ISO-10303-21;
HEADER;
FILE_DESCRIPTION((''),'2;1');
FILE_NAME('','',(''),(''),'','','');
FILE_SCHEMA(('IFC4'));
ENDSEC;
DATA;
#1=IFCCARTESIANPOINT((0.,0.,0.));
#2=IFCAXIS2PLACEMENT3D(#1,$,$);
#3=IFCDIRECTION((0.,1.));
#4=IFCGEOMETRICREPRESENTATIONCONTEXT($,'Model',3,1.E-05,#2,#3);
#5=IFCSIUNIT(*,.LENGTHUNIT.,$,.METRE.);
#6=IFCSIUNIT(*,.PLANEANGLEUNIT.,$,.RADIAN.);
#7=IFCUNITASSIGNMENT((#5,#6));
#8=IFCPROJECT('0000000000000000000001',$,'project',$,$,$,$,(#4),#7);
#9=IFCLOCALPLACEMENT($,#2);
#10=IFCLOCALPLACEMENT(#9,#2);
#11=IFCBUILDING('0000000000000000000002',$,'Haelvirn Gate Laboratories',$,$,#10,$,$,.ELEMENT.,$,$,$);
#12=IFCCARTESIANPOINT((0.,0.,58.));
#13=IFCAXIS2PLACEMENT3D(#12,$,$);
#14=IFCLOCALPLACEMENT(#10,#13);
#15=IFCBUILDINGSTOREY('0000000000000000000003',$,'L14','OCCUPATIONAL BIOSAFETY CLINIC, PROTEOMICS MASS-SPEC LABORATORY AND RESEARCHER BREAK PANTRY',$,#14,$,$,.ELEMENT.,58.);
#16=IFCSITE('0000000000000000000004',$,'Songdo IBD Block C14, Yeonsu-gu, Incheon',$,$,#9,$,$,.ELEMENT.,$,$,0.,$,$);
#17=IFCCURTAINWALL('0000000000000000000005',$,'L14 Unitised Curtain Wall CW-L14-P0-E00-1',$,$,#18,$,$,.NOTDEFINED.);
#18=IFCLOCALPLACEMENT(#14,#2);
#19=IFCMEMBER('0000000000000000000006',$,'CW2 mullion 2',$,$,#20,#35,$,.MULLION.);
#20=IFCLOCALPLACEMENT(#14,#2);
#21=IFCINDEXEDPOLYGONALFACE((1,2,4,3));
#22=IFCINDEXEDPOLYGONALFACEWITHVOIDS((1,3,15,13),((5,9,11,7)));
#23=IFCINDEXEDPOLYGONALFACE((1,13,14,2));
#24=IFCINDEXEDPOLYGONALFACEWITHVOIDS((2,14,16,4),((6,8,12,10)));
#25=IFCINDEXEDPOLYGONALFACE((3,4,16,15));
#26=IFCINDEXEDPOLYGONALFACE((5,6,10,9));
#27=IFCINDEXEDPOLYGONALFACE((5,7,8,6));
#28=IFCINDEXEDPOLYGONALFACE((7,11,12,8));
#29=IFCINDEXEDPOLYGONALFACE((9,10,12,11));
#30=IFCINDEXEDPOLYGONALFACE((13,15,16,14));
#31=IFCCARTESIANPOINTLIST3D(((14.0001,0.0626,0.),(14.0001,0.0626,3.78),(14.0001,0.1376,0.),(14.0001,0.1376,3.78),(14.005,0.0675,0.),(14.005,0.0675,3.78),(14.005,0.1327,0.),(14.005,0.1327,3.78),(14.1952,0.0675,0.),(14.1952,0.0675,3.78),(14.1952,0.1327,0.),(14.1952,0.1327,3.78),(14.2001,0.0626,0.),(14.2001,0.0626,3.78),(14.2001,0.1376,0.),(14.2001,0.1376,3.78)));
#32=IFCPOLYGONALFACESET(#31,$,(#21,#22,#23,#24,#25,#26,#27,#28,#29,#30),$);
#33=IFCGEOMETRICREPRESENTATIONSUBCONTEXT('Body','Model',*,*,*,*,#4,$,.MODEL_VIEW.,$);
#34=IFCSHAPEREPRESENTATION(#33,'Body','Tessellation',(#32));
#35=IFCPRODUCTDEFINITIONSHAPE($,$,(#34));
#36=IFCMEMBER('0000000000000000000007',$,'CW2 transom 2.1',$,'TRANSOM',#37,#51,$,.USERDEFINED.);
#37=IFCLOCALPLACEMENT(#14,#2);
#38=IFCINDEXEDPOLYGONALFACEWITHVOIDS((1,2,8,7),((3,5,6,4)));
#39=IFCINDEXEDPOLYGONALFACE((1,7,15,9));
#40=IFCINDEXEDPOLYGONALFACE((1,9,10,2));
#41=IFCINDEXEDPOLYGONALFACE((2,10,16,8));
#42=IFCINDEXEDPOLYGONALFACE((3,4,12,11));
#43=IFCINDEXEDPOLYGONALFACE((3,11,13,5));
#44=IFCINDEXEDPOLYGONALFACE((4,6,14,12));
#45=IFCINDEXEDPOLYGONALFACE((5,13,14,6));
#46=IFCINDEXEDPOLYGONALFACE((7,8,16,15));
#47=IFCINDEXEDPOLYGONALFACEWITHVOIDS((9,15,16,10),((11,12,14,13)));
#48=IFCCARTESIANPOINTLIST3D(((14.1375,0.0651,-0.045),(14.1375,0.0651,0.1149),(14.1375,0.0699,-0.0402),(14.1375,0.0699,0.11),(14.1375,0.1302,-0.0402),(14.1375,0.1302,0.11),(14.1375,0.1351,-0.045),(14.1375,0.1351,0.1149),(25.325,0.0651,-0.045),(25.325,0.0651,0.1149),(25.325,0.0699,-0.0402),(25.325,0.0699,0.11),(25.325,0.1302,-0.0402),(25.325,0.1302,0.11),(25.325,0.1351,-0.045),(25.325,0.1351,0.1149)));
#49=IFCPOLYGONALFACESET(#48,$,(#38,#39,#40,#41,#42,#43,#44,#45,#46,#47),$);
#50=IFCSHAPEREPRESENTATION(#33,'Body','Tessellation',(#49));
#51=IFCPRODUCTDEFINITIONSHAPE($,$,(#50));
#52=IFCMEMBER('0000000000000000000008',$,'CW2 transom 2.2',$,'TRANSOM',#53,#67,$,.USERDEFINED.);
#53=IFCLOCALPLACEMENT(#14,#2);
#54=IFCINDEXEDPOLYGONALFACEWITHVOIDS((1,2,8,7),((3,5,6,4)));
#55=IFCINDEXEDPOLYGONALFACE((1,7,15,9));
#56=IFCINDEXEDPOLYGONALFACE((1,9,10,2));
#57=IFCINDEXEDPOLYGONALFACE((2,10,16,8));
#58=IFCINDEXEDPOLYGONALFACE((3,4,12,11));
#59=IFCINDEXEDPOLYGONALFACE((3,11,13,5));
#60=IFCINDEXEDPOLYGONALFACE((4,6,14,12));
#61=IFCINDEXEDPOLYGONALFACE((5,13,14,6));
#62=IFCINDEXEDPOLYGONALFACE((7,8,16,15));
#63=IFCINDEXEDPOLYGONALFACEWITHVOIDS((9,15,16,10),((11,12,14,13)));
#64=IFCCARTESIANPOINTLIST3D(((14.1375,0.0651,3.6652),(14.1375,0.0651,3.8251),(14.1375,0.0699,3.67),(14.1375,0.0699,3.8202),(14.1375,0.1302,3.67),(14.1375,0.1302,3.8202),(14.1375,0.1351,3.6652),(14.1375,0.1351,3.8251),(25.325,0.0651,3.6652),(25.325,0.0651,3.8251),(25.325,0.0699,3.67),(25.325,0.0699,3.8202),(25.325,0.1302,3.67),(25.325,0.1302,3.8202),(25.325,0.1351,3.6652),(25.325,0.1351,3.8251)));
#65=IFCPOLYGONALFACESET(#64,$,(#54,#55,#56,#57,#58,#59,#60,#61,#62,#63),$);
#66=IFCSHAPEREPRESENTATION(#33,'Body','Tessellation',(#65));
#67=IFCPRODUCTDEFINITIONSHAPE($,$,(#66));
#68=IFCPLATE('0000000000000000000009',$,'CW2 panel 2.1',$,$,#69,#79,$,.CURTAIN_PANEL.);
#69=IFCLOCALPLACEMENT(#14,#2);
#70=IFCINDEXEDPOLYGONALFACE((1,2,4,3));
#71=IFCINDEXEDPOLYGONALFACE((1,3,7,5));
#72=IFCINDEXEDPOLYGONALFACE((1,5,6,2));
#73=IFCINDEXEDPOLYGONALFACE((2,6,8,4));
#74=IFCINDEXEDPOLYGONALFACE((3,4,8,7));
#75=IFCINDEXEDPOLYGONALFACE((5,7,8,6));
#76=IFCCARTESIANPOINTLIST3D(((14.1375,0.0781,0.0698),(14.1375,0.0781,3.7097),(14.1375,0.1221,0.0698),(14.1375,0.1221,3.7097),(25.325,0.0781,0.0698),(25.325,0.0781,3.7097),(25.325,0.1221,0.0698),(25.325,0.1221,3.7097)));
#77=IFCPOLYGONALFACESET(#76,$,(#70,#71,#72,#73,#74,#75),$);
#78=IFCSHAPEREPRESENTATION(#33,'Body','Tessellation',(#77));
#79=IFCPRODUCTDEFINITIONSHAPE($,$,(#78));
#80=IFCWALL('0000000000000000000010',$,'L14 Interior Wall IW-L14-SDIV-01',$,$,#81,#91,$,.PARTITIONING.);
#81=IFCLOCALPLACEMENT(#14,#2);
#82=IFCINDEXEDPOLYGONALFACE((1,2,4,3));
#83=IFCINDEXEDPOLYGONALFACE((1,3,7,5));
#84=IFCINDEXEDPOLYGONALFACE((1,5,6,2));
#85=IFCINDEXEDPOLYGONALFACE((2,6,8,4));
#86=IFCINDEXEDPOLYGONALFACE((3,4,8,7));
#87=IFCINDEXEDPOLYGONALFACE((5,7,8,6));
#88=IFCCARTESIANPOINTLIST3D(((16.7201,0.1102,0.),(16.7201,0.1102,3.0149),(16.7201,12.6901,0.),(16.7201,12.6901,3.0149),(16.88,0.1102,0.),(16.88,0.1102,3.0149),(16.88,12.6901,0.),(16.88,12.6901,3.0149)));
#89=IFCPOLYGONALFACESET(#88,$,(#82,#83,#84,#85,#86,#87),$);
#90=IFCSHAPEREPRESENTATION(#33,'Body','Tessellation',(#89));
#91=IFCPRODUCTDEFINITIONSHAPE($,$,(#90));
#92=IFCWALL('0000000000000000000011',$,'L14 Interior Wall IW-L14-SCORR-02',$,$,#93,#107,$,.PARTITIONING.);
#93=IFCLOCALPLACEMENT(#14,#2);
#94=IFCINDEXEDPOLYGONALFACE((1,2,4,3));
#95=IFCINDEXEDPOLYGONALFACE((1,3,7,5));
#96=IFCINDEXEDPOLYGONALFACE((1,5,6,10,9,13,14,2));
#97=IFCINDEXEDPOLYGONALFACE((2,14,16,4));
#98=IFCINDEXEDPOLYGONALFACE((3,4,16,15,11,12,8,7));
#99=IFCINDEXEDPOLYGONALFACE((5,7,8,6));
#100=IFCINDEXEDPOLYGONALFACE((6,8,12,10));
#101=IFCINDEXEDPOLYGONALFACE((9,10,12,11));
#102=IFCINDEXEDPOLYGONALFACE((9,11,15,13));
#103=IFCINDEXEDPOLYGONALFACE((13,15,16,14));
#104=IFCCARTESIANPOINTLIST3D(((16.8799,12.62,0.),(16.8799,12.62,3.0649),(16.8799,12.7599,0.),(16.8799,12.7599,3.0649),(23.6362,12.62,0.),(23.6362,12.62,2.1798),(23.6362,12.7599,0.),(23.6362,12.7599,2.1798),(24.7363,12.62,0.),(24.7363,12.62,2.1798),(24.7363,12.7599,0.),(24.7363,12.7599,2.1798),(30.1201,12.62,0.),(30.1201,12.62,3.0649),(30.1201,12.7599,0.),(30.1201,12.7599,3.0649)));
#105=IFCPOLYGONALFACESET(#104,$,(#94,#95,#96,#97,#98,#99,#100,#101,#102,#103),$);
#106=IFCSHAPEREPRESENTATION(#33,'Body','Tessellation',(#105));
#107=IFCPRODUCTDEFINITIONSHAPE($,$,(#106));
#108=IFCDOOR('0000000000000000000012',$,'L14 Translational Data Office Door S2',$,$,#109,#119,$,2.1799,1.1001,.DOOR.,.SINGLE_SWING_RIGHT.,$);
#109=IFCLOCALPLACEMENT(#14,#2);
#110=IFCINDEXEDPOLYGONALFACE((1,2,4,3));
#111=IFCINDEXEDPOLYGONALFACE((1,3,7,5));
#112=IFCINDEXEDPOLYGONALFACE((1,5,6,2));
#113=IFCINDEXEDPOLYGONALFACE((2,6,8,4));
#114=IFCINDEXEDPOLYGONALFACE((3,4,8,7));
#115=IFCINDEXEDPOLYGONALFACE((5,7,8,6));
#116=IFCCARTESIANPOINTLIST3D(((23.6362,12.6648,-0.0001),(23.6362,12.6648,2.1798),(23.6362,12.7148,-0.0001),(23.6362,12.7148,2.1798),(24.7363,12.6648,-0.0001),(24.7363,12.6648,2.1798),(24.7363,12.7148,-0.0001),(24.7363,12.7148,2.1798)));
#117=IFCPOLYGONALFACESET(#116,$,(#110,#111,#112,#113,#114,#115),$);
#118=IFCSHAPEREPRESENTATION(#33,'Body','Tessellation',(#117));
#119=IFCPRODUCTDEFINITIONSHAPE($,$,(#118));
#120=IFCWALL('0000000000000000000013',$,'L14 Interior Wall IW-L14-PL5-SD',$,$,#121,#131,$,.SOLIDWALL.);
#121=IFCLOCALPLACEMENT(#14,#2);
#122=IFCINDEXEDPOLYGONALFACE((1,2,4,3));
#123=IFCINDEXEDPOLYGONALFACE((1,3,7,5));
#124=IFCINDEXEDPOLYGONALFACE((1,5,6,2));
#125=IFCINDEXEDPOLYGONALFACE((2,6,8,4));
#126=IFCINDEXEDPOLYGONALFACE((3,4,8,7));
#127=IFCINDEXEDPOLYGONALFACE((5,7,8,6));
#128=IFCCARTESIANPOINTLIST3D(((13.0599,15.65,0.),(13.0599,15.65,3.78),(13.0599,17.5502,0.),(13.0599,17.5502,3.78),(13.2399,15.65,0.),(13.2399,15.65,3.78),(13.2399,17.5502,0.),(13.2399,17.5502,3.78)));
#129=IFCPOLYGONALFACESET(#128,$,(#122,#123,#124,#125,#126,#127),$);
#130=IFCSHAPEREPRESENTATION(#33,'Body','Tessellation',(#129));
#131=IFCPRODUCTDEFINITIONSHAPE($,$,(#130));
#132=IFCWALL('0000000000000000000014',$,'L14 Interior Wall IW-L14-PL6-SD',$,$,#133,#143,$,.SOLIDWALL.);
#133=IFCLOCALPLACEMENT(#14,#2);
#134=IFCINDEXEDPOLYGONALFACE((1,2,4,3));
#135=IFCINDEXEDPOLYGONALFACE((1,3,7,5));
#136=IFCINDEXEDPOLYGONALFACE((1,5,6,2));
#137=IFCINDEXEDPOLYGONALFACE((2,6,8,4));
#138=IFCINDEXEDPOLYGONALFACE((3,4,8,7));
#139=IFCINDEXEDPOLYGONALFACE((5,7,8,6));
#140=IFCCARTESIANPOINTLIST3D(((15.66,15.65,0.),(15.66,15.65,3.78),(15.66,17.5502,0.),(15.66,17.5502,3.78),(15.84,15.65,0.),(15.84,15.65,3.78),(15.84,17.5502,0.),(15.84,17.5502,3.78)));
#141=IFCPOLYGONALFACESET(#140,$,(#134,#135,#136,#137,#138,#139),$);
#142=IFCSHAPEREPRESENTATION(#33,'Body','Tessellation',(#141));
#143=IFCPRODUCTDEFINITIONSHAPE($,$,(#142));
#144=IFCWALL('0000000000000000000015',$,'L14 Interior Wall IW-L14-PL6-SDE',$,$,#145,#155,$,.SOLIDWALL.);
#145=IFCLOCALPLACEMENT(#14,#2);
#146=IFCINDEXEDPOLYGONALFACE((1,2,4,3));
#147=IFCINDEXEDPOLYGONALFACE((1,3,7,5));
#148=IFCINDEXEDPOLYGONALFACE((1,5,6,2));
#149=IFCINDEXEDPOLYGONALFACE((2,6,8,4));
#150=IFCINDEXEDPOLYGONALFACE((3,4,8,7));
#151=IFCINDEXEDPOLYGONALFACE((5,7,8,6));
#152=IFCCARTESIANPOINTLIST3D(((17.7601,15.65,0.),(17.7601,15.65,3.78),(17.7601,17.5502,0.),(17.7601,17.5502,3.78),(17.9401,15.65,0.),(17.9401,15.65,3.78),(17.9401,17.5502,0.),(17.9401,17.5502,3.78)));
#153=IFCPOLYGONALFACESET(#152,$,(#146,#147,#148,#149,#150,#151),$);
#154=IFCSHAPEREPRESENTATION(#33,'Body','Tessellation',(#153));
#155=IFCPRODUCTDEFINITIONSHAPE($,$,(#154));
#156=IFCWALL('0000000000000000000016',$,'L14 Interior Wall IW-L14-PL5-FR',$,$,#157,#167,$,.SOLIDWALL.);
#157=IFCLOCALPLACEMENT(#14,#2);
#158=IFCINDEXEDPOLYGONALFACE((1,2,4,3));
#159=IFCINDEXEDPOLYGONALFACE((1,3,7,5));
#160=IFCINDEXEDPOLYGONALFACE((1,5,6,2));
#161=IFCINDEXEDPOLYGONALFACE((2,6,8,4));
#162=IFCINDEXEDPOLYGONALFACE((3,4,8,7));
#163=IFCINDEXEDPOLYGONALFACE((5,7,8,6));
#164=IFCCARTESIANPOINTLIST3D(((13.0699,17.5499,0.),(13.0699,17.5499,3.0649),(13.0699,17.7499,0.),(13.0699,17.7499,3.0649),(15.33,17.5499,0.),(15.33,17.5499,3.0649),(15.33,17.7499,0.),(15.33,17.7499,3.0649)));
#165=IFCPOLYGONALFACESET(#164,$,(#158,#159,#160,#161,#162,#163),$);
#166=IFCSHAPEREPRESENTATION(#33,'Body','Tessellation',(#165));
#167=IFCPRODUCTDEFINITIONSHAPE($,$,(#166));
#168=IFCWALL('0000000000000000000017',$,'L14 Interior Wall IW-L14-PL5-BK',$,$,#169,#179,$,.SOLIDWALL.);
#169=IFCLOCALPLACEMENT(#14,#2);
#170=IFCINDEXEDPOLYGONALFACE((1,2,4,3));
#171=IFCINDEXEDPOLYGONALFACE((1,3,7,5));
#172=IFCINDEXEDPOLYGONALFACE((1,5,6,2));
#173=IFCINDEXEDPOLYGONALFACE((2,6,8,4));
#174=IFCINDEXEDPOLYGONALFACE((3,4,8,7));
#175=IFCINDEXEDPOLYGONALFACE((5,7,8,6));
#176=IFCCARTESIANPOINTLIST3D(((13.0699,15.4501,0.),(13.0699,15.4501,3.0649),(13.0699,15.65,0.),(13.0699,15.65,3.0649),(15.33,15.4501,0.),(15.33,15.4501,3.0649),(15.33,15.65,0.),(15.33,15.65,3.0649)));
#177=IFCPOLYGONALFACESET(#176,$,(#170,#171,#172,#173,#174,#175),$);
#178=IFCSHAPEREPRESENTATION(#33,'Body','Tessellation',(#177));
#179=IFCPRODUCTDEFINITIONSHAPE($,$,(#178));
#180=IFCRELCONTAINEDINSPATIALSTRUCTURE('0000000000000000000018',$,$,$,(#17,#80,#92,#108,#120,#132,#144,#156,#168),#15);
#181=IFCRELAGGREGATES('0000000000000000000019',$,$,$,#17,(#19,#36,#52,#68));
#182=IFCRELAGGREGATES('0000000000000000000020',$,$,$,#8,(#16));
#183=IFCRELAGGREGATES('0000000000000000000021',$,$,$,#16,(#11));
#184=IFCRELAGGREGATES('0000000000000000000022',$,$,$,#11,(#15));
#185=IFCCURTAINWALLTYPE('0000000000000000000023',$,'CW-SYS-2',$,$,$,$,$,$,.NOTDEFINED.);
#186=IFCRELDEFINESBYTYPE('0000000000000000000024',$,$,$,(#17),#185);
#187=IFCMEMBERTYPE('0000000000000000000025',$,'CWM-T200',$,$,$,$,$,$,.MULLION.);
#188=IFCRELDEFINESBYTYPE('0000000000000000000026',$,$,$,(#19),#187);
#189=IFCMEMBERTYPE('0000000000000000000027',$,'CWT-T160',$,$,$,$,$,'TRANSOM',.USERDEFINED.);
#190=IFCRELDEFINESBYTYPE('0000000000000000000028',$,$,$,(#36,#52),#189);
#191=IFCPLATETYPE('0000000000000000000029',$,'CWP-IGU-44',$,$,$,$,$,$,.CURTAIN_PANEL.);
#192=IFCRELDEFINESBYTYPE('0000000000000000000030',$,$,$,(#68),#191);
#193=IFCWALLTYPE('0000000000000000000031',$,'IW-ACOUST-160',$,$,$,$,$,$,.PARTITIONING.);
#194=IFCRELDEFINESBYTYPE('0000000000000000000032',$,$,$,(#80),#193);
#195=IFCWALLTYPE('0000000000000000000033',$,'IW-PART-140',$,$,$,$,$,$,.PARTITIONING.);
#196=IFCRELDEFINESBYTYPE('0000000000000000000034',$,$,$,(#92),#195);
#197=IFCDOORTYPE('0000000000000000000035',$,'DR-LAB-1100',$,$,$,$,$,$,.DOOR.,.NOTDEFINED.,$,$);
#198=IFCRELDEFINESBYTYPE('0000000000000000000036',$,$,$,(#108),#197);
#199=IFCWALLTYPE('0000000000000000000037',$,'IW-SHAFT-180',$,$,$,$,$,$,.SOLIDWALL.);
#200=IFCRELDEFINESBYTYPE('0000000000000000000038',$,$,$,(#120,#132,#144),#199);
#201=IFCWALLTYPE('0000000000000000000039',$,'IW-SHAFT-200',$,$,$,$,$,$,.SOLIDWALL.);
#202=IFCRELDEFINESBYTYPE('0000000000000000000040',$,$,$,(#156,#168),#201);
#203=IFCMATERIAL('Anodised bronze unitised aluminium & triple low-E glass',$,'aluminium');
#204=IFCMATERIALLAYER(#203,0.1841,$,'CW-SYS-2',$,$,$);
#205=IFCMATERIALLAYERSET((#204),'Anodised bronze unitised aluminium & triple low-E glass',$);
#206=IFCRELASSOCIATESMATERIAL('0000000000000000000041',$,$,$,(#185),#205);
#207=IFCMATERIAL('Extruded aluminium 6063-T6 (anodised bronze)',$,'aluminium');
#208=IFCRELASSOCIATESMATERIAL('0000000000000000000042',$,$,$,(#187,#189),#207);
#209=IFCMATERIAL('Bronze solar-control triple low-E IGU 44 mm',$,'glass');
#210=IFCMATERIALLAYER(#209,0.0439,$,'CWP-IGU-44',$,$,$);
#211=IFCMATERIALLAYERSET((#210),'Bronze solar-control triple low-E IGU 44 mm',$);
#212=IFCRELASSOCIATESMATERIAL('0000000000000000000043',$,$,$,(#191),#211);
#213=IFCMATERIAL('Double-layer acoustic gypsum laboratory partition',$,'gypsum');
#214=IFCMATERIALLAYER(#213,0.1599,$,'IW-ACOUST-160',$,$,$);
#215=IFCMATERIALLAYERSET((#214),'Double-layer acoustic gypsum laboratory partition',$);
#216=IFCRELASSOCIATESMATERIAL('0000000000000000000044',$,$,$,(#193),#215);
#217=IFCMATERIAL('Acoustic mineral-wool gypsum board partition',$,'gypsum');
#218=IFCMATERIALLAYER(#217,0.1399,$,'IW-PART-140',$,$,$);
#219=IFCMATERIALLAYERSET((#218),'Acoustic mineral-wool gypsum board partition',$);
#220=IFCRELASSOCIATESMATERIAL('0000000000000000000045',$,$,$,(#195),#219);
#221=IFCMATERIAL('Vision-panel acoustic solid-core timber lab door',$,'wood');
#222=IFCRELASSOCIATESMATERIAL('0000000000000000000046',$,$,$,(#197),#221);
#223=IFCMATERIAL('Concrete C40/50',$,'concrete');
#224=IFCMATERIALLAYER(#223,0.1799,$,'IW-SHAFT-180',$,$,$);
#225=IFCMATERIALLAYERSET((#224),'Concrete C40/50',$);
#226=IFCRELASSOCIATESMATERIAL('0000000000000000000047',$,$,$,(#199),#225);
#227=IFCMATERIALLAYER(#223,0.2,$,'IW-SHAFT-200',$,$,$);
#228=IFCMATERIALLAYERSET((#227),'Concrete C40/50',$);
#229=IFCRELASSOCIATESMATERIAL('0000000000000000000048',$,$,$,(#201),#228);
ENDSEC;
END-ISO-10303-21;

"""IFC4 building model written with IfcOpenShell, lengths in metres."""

from ifc_helpers import new_model, si_unit, direction, frame, frame_2d, origin, origin_2d, place, context, subcontext, project, spatial, rectangle, hollow_rectangle, extrude, source, transform, mapped, material, layer, layer_set, material_profile, profile_set, type_object, type_shapes, element, fill, aggregate, save


model = new_model("IFC4")

# Units and contexts
model_context = context("Model", 3, precision=1e-05, world=origin(), true_north=direction((0.0, 1.0)))
body_context = subcontext(model_context, "Body", "Model", "MODEL_VIEW")
ifc_project = project(units=[si_unit("LENGTHUNIT", "METRE"), si_unit("PLANEANGLEUNIT", "RADIAN")], contexts=[model_context])

# Site, building, storey
site_placement = place(None, origin())
site = spatial("IfcSite", under=ifc_project, at=site_placement, Name="Songdo IBD Block C14, Yeonsu-gu, Incheon", CompositionType="ELEMENT", RefElevation=0.0)
building_placement = place(site_placement, origin())
building = spatial("IfcBuilding", under=site, at=building_placement, Name="Haelvirn Gate Laboratories", CompositionType="ELEMENT")
storey_placement = place(building_placement, frame((0.0, 0.0, 58.0)))
storey = spatial("IfcBuildingStorey", under=building, at=storey_placement, Name="L14", Description="OCCUPATIONAL BIOSAFETY CLINIC, PROTEOMICS MASS-SPEC LABORATORY AND RESEARCHER BREAK PANTRY", CompositionType="ELEMENT", Elevation=58.0)

# Curtain wall, members, plate
ifc_material_1 = material(Name="Anodised bronze unitised aluminium & triple low-E glass", Category="aluminium")
ifc_layer_1 = layer(ifc_material_1, 0.1841, Name="CW-SYS-2")
ifc_layer_set_1 = layer_set([ifc_layer_1], Name="Anodised bronze unitised aluminium & triple low-E glass")
curtain_wall_type = type_object("IfcCurtainWallType", Name="CW-SYS-2", PredefinedType="NOTDEFINED", material=ifc_layer_set_1)
curtain_wall_placement = place(storey_placement, origin())
curtain_wall = element("IfcCurtainWall", 1, at=curtain_wall_placement, inside=storey, type_object=curtain_wall_type, Name="L14 Unitised Curtain Wall CW-L14-P0-E00-1", PredefinedType="NOTDEFINED")
ifc_material_2 = material(Name="Extruded aluminium 6063-T6 (anodised bronze)", Category="aluminium")
ifc_material_profile_1 = material_profile(ifc_material_2, hollow_rectangle(XDim=0.075, YDim=0.2, WallThickness=0.0049, at=origin_2d()), Name="CWM-200x75x5")
ifc_profile_set_1 = profile_set([ifc_material_profile_1], Name="Extruded aluminium 6063-T6 (anodised bronze)")
member_type_1 = type_object("IfcMemberType", Name="CWM-T200", PredefinedType="MULLION", material=ifc_profile_set_1)
shared_shape_1 = source(origin(), body_context, "Body", "SweptSolid", [
    extrude(hollow_rectangle(XDim=0.075, YDim=0.2, WallThickness=0.0049, at=origin_2d()), origin(), (0.0, 0.0, 1.0), 3.78),
])
type_shapes(member_type_1, [shared_shape_1])
member_1_placement = place(storey_placement, frame((14.1001, 0.1001, 0.0), z_axis=(0.0, 0.0, 1.0), x_axis=(0.0, 1.0, 0.0)))
member_1 = element("IfcMember", 2, at=member_1_placement, type_object=member_type_1, Name="CW2 mullion 2", PredefinedType="MULLION", context=body_context, shape_type="MappedRepresentation", body=[
    mapped(shared_shape_1, transform((0.0, 0.0, 0.0), scale=1.0)),
])
ifc_material_profile_2 = material_profile(ifc_material_2, hollow_rectangle(XDim=0.0701, YDim=0.1599, WallThickness=0.0049, at=origin_2d()), Name="CWT-160x70x5")
ifc_profile_set_2 = profile_set([ifc_material_profile_2], Name="Extruded aluminium 6063-T6 (anodised bronze)")
member_type_2 = type_object("IfcMemberType", Name="CWT-T160", ElementType="TRANSOM", PredefinedType="USERDEFINED", material=ifc_profile_set_2)
shared_shape_2 = source(origin(), body_context, "Body", "SweptSolid", [
    extrude(hollow_rectangle(XDim=0.0701, YDim=0.1599, WallThickness=0.0049, at=origin_2d()), origin(), (0.0, 0.0, 1.0), 11.1875),
])
type_shapes(member_type_2, [shared_shape_2])
member_2_placement = place(storey_placement, frame((14.1375, 0.1001, 0.0349), z_axis=(1.0, 0.0, 0.0), x_axis=(0.0, 1.0, 0.0)))
member_2 = element("IfcMember", 3, at=member_2_placement, type_object=member_type_2, Name="CW2 transom 2.1", ObjectType="TRANSOM", PredefinedType="USERDEFINED", context=body_context, shape_type="MappedRepresentation", body=[
    mapped(shared_shape_2, transform((0.0, 0.0, 0.0), scale=1.0)),
])
member_3_placement = place(storey_placement, frame((14.1375, 0.1001, 3.7451), z_axis=(1.0, 0.0, 0.0), x_axis=(0.0, 1.0, 0.0)))
member_3 = element("IfcMember", 4, at=member_3_placement, type_object=member_type_2, Name="CW2 transom 2.2", ObjectType="TRANSOM", PredefinedType="USERDEFINED", context=body_context, shape_type="MappedRepresentation", body=[
    mapped(shared_shape_2, transform((0.0, 0.0, 0.0), scale=1.0)),
])
ifc_material_3 = material(Name="Bronze solar-control triple low-E IGU 44 mm", Category="glass")
ifc_layer_2 = layer(ifc_material_3, 0.0439, Name="CWP-IGU-44")
ifc_layer_set_2 = layer_set([ifc_layer_2], Name="Bronze solar-control triple low-E IGU 44 mm")
plate_type = type_object("IfcPlateType", Name="CWP-IGU-44", PredefinedType="CURTAIN_PANEL", material=ifc_layer_set_2)
shared_shape_3 = source(origin(), body_context, "Body", "SweptSolid", [
    extrude(rectangle(XDim=11.1875, YDim=0.0439, at=origin_2d()), origin(), (0.0, 0.0, 1.0), 3.6399),
])
type_shapes(plate_type, [shared_shape_3])
plate_placement = place(storey_placement, frame((19.7312, 0.1001, 0.0698), z_axis=(0.0, 0.0, 1.0), x_axis=(1.0, 0.0, 0.0)))
plate = element("IfcPlate", 5, at=plate_placement, type_object=plate_type, Name="CW2 panel 2.1", PredefinedType="CURTAIN_PANEL", context=body_context, shape_type="MappedRepresentation", body=[
    mapped(shared_shape_3, transform((0.0, 0.0, 0.0), scale=1.0)),
])
aggregate(curtain_wall, [member_1, member_2, member_3, plate])

# Wall
ifc_material_4 = material(Name="Double-layer acoustic gypsum laboratory partition", Category="gypsum")
ifc_layer_3 = layer(ifc_material_4, 0.1599, Name="IW-ACOUST-160")
ifc_layer_set_3 = layer_set([ifc_layer_3], Name="Double-layer acoustic gypsum laboratory partition")
wall_type_1 = type_object("IfcWallType", Name="IW-ACOUST-160", PredefinedType="PARTITIONING", material=ifc_layer_set_3)
wall_1_placement = place(storey_placement, frame((16.8, 0.1101, 0.0), z_axis=(0.0, 0.0, 1.0), x_axis=(0.0, 1.0, 0.0)))
element("IfcWall", 6, at=wall_1_placement, inside=storey, type_object=wall_type_1, Name="L14 Interior Wall IW-L14-SDIV-01", PredefinedType="PARTITIONING", context=body_context, shape_type="SweptSolid", body=[
    extrude(rectangle(XDim=12.5798, YDim=0.1599, at=frame_2d((6.29, 0.0))), origin(), (0.0, 0.0, 1.0), 3.0149),
])

# Wall, opening, door
ifc_material_5 = material(Name="Acoustic mineral-wool gypsum board partition", Category="gypsum")
ifc_layer_4 = layer(ifc_material_5, 0.1399, Name="IW-PART-140")
ifc_layer_set_4 = layer_set([ifc_layer_4], Name="Acoustic mineral-wool gypsum board partition")
wall_type_2 = type_object("IfcWallType", Name="IW-PART-140", PredefinedType="PARTITIONING", material=ifc_layer_set_4)
wall_2_placement = place(storey_placement, frame((16.8799, 12.6899, 0.0), z_axis=(0.0, 0.0, 1.0), x_axis=(1.0, 0.0, 0.0)))
wall_2 = element("IfcWall", 7, at=wall_2_placement, inside=storey, type_object=wall_type_2, Name="L14 Interior Wall IW-L14-SCORR-02", PredefinedType="PARTITIONING", context=body_context, shape_type="SweptSolid", body=[
    extrude(rectangle(XDim=13.2402, YDim=0.1399, at=frame_2d((6.6201, 0.0))), origin(), (0.0, 0.0, 1.0), 3.0649),
])
opening_placement = place(wall_2_placement, frame((6.7563, 0.0, 0.0)))
opening = element("IfcOpeningElement", 8, at=opening_placement, cuts=wall_2, PredefinedType="OPENING", context=body_context, shape_type="SweptSolid", body=[
    extrude(rectangle(XDim=1.1001, YDim=2.1799, at=frame_2d((0.55, 1.0898))), frame((0.0, 0.0801, 0.0), z_axis=(0.0, -1.0, 0.0), x_axis=(1.0, 0.0, 0.0)), (0.0, 0.0, 1.0), 0.1599),
])
ifc_material_6 = material(Name="Vision-panel acoustic solid-core timber lab door", Category="wood")
door_type = type_object("IfcDoorType", Name="DR-LAB-1100", OperationType="NOTDEFINED", PredefinedType="DOOR", material=ifc_material_6)
shared_shape_4 = source(origin(), body_context, "Body", "SweptSolid", [
    extrude(rectangle(XDim=1.1001, YDim=2.1799, at=frame_2d((0.55, 1.0898))), frame((0.0, 0.0249, 0.0), z_axis=(0.0, -1.0, 0.0), x_axis=(1.0, 0.0, 0.0)), (0.0, 0.0, 1.0), 0.05),
])
type_shapes(door_type, [shared_shape_4])
door_placement = place(opening_placement, origin())
door = element("IfcDoor", 9, at=door_placement, inside=storey, type_object=door_type, Name="L14 Translational Data Office Door S2", OperationType="SINGLE_SWING_RIGHT", OverallHeight=2.1799, OverallWidth=1.1001, PredefinedType="DOOR", context=body_context, shape_type="MappedRepresentation", body=[
    mapped(shared_shape_4, transform((0.0, 0.0, 0.0), scale=1.0)),
])
fill(opening, door)

# Walls
ifc_material_7 = material(Name="Concrete C40/50", Category="concrete")
ifc_layer_5 = layer(ifc_material_7, 0.1799, Name="IW-SHAFT-180")
ifc_layer_set_5 = layer_set([ifc_layer_5], Name="Concrete C40/50")
wall_type_3 = type_object("IfcWallType", Name="IW-SHAFT-180", PredefinedType="SOLIDWALL", material=ifc_layer_set_5)
for number, where, z_axis, x_axis, name in (
    (10, (13.1499, 15.6499, 0.0), (0.0, 0.0, 1.0), (0.0, 1.0, 0.0), "L14 Interior Wall IW-L14-PL5-SD"),
    (11, (15.75, 15.6499, 0.0), (0.0, 0.0, 1.0), (0.0, 1.0, 0.0), "L14 Interior Wall IW-L14-PL6-SD"),
    (12, (17.8501, 15.6499, 0.0), (0.0, 0.0, 1.0), (0.0, 1.0, 0.0), "L14 Interior Wall IW-L14-PL6-SDE"),
):
    element("IfcWall", number, at=place(storey_placement, frame(where, z_axis=z_axis, x_axis=x_axis)), inside=storey, type_object=wall_type_3, Name=name, PredefinedType="SOLIDWALL", context=body_context, shape_type="SweptSolid", body=[
        extrude(rectangle(XDim=1.9001, YDim=0.1799, at=frame_2d((0.9502, 0.0))), origin(), (0.0, 0.0, 1.0), 3.78),
    ])
ifc_layer_6 = layer(ifc_material_7, 0.2, Name="IW-SHAFT-200")
ifc_layer_set_6 = layer_set([ifc_layer_6], Name="Concrete C40/50")
wall_type_4 = type_object("IfcWallType", Name="IW-SHAFT-200", PredefinedType="SOLIDWALL", material=ifc_layer_set_6)
for number, where, z_axis, x_axis, name in (
    (13, (13.0701, 17.6499, 0.0), (0.0, 0.0, 1.0), (1.0, 0.0, 0.0), "L14 Interior Wall IW-L14-PL5-FR"),
    (14, (13.0701, 15.55, 0.0), (0.0, 0.0, 1.0), (1.0, 0.0, 0.0), "L14 Interior Wall IW-L14-PL5-BK"),
):
    element("IfcWall", number, at=place(storey_placement, frame(where, z_axis=z_axis, x_axis=x_axis)), inside=storey, type_object=wall_type_4, Name=name, PredefinedType="SOLIDWALL", context=body_context, shape_type="SweptSolid", body=[
        extrude(rectangle(XDim=2.26, YDim=0.2, at=frame_2d((1.1299, 0.0))), origin(), (0.0, 0.0, 1.0), 3.0649),
    ])

save(model, "model.ifc")
